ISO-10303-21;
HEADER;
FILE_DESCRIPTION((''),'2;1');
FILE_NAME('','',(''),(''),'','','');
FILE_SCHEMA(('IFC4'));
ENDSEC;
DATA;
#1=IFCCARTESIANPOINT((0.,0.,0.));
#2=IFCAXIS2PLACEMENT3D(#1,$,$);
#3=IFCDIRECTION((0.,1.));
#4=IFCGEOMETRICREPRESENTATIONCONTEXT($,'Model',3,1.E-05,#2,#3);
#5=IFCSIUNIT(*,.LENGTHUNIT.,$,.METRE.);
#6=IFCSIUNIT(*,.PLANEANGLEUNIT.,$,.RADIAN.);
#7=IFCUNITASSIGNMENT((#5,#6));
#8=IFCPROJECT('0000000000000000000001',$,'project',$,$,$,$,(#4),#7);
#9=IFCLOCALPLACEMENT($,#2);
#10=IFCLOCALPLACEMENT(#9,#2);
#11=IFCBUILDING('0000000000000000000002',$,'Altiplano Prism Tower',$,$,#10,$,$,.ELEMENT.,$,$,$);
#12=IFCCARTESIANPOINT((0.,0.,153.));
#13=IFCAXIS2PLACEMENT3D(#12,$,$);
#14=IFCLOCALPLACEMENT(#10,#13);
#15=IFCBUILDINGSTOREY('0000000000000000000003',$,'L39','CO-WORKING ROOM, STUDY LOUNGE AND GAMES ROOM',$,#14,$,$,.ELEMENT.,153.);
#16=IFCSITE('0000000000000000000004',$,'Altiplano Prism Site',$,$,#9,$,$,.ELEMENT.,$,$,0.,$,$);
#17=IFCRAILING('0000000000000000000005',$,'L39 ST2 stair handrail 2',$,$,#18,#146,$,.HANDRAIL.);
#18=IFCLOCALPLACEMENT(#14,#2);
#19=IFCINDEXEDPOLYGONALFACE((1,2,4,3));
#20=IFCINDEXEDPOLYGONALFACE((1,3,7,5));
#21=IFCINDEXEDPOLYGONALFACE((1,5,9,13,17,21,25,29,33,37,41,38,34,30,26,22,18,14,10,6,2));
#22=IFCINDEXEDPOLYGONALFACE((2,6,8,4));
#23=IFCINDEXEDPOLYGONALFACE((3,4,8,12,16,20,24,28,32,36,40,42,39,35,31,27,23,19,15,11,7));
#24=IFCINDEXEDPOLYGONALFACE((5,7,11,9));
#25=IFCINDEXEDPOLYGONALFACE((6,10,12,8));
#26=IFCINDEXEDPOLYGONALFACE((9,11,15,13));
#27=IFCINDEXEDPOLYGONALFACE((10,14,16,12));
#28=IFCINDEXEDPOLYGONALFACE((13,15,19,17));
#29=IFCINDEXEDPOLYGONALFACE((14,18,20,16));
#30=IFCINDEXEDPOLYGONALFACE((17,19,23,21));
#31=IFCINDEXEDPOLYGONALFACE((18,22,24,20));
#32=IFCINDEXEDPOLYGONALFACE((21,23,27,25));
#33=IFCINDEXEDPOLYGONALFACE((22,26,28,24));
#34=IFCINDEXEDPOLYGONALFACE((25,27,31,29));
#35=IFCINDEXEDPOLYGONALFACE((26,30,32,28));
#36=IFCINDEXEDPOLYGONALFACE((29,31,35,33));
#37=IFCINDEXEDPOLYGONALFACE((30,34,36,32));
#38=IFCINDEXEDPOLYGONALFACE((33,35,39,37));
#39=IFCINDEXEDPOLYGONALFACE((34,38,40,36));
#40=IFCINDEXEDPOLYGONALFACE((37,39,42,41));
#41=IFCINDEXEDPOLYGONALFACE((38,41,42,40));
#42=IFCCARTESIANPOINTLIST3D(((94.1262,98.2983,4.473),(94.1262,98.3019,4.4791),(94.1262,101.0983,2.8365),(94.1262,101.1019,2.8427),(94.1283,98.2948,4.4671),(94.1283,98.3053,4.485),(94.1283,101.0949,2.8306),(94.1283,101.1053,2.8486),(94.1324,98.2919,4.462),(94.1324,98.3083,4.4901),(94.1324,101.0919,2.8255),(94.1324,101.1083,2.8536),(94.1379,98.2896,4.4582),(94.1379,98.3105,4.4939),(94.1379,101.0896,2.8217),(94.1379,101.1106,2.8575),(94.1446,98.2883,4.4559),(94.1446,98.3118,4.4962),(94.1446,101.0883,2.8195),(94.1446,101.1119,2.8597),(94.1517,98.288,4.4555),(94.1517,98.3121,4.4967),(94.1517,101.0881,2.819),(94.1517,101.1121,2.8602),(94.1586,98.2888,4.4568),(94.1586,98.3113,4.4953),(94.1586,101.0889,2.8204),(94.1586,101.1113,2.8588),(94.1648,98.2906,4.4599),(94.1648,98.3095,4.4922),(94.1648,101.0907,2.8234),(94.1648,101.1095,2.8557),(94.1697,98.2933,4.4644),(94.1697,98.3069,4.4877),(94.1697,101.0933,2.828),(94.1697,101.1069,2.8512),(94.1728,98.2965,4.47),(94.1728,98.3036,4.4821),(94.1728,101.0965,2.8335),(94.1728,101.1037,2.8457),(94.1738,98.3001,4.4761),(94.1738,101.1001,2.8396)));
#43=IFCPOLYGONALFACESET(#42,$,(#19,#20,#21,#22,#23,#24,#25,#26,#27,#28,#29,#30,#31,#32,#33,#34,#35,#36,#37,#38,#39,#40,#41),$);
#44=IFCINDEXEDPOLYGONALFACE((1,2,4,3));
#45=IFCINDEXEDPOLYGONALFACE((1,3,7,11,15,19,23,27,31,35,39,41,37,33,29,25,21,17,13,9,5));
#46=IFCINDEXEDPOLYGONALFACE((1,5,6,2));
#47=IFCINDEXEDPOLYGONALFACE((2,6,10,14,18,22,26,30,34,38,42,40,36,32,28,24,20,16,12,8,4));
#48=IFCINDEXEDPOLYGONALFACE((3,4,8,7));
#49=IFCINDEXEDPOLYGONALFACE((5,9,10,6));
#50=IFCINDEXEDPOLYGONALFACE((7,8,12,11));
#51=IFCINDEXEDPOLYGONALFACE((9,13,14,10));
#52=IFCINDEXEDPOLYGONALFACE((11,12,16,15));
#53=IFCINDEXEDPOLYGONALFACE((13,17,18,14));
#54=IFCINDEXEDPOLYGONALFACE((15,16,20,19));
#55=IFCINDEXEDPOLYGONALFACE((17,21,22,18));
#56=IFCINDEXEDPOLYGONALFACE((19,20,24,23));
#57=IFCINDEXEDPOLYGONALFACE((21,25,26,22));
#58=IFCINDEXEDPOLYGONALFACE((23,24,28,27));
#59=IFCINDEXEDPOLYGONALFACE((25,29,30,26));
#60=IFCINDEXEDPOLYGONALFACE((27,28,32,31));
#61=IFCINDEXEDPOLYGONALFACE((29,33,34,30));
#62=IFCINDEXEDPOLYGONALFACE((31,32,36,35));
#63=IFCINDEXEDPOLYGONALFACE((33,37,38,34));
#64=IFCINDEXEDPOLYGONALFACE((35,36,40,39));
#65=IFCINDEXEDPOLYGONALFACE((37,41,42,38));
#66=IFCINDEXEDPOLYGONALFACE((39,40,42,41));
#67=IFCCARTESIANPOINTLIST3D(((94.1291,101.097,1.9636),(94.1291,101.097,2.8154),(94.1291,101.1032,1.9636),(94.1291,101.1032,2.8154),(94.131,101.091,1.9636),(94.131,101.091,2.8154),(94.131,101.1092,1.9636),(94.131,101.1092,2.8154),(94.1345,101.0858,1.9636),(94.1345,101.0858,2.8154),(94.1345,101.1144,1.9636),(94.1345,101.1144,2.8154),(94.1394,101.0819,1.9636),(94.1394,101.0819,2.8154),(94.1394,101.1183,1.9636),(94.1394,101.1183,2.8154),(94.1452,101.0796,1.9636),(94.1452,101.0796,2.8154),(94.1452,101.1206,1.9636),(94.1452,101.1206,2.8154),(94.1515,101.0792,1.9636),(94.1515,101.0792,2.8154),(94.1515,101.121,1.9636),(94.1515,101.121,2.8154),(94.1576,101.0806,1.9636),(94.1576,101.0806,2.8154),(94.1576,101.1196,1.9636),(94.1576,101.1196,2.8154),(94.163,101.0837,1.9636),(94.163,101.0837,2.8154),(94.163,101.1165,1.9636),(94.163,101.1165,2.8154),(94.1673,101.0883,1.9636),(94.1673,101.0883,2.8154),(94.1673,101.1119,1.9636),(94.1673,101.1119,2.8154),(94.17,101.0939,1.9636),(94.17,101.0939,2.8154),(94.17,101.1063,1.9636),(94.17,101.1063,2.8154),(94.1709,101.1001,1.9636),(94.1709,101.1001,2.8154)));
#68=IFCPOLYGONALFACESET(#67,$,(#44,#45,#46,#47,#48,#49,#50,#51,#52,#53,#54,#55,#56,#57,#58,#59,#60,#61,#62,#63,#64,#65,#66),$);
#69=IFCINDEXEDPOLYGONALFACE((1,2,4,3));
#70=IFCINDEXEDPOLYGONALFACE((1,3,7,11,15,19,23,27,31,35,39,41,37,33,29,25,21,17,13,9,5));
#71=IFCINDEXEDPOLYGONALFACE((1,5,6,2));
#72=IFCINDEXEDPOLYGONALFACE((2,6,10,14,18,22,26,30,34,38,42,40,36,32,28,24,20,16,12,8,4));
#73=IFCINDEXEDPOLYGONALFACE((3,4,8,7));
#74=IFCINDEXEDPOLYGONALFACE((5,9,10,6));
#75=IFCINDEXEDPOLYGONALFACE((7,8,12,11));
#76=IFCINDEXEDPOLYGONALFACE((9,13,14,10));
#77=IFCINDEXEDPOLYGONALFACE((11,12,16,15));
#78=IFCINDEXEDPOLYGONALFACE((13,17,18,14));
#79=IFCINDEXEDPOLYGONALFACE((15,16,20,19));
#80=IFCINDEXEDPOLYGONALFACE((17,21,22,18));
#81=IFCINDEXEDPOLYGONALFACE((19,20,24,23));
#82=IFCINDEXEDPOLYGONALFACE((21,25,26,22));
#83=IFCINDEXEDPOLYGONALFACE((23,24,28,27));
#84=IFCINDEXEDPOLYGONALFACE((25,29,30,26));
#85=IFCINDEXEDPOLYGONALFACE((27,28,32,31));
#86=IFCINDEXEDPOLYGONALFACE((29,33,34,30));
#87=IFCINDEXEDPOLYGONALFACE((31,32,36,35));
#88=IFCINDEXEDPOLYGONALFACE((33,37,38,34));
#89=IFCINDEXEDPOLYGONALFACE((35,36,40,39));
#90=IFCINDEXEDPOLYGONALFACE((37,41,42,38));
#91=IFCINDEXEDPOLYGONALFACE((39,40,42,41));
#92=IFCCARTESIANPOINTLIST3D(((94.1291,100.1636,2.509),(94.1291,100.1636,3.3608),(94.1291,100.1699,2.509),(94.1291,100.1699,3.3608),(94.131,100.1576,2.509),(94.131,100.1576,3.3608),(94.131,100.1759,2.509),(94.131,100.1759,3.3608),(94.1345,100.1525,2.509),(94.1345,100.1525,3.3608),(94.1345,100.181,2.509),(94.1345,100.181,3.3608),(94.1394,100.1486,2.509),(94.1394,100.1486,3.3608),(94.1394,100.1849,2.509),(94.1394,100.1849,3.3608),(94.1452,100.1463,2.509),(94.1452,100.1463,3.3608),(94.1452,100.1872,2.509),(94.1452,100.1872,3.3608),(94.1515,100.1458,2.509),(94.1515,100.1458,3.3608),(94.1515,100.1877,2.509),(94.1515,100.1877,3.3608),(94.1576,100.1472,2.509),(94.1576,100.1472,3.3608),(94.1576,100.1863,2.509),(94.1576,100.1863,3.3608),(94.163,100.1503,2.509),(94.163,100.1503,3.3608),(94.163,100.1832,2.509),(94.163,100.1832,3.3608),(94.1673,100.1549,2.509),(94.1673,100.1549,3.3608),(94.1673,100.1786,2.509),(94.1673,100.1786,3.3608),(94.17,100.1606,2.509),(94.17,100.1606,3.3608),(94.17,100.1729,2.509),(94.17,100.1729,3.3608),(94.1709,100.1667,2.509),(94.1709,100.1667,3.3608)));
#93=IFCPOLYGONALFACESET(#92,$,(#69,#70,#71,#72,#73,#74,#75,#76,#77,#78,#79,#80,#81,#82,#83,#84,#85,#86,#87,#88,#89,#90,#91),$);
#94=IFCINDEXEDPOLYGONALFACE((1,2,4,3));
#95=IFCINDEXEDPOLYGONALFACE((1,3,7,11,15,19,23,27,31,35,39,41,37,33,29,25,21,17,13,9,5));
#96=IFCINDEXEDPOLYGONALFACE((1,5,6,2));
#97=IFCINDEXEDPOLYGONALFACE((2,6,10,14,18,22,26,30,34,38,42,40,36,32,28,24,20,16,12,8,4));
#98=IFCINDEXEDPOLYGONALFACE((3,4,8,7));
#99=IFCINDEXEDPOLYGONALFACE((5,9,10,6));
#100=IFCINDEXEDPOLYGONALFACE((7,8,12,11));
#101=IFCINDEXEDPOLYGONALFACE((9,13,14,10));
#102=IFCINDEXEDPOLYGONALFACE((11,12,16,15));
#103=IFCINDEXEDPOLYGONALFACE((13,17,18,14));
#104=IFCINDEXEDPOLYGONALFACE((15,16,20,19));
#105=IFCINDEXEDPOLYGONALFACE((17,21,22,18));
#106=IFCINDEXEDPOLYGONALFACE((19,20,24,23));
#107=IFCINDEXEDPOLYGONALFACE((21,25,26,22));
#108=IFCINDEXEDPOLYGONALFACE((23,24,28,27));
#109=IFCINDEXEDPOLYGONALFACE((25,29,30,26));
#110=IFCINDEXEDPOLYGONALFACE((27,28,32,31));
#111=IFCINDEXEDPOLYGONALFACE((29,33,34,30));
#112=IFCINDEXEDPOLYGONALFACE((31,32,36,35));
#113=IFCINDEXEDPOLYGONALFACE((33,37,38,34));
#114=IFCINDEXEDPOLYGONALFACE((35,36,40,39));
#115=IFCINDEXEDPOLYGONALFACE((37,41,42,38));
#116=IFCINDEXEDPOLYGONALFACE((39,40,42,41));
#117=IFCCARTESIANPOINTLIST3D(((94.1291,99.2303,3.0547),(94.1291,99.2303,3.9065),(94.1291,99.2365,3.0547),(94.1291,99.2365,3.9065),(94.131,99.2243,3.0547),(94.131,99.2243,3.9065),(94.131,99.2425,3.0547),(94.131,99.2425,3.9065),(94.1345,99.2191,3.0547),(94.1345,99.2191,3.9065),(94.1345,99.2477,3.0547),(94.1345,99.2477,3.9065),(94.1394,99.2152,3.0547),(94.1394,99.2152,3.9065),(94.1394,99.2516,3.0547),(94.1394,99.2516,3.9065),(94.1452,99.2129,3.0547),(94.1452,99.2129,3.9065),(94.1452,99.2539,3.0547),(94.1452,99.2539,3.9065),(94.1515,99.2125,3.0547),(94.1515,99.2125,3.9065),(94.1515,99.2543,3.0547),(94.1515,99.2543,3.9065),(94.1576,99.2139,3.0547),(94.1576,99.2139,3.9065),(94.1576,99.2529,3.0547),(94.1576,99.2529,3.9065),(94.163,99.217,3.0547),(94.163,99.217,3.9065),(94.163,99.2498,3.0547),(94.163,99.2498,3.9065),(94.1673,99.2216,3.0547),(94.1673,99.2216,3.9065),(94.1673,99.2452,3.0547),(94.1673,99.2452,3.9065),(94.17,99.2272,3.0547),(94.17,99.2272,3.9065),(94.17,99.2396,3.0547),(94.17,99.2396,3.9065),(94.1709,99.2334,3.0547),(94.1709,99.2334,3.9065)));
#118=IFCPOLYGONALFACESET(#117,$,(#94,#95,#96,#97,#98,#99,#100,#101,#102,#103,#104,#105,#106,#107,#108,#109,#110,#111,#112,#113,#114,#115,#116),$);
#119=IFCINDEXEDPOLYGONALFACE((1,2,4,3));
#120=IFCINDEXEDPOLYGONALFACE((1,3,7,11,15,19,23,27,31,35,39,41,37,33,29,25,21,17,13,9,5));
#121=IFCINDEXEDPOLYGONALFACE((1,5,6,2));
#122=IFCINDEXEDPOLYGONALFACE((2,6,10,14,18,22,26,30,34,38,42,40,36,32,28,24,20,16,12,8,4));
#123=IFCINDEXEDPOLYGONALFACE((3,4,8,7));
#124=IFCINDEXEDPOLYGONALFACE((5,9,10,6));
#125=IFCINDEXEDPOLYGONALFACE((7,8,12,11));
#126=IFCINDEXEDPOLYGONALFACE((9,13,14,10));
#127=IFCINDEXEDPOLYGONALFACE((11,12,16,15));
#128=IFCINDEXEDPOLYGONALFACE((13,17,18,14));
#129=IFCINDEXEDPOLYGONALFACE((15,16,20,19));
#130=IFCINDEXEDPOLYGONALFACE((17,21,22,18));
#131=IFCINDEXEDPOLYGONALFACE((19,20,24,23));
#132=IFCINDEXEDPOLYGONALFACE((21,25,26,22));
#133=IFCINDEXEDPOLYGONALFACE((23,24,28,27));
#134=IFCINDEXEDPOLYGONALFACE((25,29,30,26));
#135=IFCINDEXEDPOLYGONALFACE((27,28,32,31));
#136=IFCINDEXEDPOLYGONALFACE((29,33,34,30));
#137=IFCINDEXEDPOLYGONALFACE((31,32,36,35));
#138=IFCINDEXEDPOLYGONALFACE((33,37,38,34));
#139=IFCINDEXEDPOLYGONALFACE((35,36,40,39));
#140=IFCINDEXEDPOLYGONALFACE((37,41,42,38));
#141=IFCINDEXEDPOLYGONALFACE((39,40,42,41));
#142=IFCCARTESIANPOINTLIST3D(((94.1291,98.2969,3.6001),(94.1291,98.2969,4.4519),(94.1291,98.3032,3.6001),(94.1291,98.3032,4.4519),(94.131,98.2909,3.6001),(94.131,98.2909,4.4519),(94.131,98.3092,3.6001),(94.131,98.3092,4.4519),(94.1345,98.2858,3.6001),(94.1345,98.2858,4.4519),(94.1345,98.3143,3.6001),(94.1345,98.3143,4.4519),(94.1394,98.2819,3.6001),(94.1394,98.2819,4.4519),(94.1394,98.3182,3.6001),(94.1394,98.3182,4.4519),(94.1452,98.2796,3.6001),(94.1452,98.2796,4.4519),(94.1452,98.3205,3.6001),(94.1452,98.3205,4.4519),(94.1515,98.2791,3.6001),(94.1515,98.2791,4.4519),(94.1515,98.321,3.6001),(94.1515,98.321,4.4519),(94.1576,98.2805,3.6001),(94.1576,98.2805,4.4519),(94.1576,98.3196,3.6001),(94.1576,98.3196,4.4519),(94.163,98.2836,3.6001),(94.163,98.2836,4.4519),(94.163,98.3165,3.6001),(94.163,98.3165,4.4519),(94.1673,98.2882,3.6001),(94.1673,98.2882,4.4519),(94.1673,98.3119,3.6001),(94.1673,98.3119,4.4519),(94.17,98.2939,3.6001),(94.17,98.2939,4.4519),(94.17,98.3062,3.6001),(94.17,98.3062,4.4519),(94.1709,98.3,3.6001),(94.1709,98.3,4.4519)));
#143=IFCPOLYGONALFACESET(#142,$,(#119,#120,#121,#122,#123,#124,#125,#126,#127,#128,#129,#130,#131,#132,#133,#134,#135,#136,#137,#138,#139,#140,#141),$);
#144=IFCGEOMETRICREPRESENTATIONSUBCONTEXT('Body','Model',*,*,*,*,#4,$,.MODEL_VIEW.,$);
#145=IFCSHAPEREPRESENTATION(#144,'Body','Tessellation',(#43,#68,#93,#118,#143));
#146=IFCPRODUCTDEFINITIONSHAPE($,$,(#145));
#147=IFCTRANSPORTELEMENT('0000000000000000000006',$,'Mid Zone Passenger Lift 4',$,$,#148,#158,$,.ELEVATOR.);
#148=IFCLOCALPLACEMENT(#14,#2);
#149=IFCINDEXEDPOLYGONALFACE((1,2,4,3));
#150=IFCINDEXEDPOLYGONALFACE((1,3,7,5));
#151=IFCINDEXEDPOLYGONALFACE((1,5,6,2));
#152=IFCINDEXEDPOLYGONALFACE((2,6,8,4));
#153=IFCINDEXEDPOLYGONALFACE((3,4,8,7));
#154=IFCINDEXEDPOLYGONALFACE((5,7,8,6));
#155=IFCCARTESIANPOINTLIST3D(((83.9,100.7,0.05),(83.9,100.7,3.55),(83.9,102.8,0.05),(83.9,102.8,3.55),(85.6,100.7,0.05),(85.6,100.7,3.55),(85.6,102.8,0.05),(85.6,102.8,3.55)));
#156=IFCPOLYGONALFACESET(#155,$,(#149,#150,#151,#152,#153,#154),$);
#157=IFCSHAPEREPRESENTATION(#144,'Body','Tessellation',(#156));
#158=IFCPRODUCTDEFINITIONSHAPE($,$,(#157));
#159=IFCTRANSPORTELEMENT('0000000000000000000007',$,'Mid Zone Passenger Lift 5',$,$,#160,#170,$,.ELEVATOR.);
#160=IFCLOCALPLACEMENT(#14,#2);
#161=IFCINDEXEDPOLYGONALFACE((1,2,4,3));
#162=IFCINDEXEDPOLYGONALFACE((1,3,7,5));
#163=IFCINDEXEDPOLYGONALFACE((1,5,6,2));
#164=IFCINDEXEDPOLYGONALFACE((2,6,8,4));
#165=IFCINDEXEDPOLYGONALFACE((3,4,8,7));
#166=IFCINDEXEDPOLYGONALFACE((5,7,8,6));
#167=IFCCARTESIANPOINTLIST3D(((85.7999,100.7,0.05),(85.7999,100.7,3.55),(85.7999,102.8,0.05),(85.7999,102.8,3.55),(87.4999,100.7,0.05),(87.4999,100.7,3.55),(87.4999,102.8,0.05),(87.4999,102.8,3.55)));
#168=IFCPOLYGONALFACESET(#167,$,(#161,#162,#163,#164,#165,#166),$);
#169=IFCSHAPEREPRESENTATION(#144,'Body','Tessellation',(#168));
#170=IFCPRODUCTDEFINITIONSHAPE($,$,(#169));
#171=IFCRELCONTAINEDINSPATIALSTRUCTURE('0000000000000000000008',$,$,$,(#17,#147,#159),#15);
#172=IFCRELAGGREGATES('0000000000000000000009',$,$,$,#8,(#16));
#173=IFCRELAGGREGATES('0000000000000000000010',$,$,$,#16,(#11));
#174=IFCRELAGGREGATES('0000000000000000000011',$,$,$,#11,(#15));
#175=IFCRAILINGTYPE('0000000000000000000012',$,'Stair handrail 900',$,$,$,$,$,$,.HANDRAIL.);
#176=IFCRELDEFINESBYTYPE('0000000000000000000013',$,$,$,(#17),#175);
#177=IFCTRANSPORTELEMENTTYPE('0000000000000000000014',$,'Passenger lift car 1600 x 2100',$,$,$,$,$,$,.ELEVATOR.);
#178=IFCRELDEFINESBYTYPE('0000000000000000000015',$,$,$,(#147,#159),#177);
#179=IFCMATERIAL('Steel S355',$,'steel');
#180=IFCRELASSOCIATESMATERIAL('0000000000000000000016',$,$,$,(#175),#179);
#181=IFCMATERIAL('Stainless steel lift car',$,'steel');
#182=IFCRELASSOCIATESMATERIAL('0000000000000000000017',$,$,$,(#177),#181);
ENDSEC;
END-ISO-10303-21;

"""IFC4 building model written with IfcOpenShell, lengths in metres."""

from ifc_helpers import new_model, si_unit, direction, frame, origin, origin_2d, place, context, subcontext, project, spatial, rectangle, circle, extrude, material, type_object, element, save


model = new_model("IFC4")

# Units and contexts
model_context = context("Model", 3, precision=1e-05, world=origin(), true_north=direction((0.0, 1.0)))
body_context = subcontext(model_context, "Body", "Model", "MODEL_VIEW")
ifc_project = project(units=[si_unit("LENGTHUNIT", "METRE"), si_unit("PLANEANGLEUNIT", "RADIAN")], contexts=[model_context])

# Site, building, storey
site_placement = place(None, origin())
site = spatial("IfcSite", under=ifc_project, at=site_placement, Name="Altiplano Prism Site", CompositionType="ELEMENT", RefElevation=0.0)
building_placement = place(site_placement, origin())
building = spatial("IfcBuilding", under=site, at=building_placement, Name="Altiplano Prism Tower", CompositionType="ELEMENT")
storey_placement = place(building_placement, frame((0.0, 0.0, 153.0)))
storey = spatial("IfcBuildingStorey", under=building, at=storey_placement, Name="L39", Description="CO-WORKING ROOM, STUDY LOUNGE AND GAMES ROOM", CompositionType="ELEMENT", Elevation=153.0)

# Railing
ifc_material_1 = material(Name="Steel S355", Category="steel")
railing_type_1 = type_object("IfcRailingType", Name="Stair handrail 900", PredefinedType="HANDRAIL", material=ifc_material_1)
railing_1_placement = place(storey_placement, frame((94.1499, 101.1001, 1.9636)))
element("IfcRailing", 1, at=railing_1_placement, inside=storey, type_object=railing_type_1, Name="L39 ST2 stair handrail 2", PredefinedType="HANDRAIL", context=body_context, shape_type="SweptSolid", body=[
    extrude(circle(Radius=0.0239, at=origin_2d()), frame((0.0, 0.0, 0.876), z_axis=(0.0, -0.863361, 0.504587), x_axis=(1.0, 0.0, 0.0)), (0.0, 0.0, 1.0), 3.2432),
    extrude(circle(Radius=0.021, at=origin_2d()), origin(), (0.0, 0.0, 1.0), 0.8518),
    extrude(circle(Radius=0.021, at=origin_2d()), frame((0.0, -0.9333, 0.5454)), (0.0, 0.0, 1.0), 0.8518),
    extrude(circle(Radius=0.021, at=origin_2d()), frame((0.0, -1.8667, 1.0911)), (0.0, 0.0, 1.0), 0.8518),
    extrude(circle(Radius=0.021, at=origin_2d()), frame((0.0, -2.8, 1.6365)), (0.0, 0.0, 1.0), 0.8518),
])

# Transport elements
ifc_material_2 = material(Name="Stainless steel lift car", Category="steel")
transport_element_type = type_object("IfcTransportElementType", Name="Passenger lift car 1600 x 2100", PredefinedType="ELEVATOR", material=ifc_material_2)
for number, where, z_axis, x_axis, name in (
    (2, (84.75, 101.75, 0.05), (0.0, 0.0, 1.0), (1.0, 0.0, 0.0), "Mid Zone Passenger Lift 4"),
    (3, (86.6499, 101.75, 0.05), (0.0, 0.0, 1.0), (1.0, 0.0, 0.0), "Mid Zone Passenger Lift 5"),
):
    element("IfcTransportElement", number, at=place(storey_placement, frame(where, z_axis=z_axis, x_axis=x_axis)), inside=storey, type_object=transport_element_type, Name=name, PredefinedType="ELEVATOR", context=body_context, shape_type="SweptSolid", body=[
        extrude(rectangle(XDim=1.7, YDim=2.1001, at=origin_2d()), origin(), (0.0, 0.0, 1.0), 3.5),
    ])

save(model, "model.ifc")
